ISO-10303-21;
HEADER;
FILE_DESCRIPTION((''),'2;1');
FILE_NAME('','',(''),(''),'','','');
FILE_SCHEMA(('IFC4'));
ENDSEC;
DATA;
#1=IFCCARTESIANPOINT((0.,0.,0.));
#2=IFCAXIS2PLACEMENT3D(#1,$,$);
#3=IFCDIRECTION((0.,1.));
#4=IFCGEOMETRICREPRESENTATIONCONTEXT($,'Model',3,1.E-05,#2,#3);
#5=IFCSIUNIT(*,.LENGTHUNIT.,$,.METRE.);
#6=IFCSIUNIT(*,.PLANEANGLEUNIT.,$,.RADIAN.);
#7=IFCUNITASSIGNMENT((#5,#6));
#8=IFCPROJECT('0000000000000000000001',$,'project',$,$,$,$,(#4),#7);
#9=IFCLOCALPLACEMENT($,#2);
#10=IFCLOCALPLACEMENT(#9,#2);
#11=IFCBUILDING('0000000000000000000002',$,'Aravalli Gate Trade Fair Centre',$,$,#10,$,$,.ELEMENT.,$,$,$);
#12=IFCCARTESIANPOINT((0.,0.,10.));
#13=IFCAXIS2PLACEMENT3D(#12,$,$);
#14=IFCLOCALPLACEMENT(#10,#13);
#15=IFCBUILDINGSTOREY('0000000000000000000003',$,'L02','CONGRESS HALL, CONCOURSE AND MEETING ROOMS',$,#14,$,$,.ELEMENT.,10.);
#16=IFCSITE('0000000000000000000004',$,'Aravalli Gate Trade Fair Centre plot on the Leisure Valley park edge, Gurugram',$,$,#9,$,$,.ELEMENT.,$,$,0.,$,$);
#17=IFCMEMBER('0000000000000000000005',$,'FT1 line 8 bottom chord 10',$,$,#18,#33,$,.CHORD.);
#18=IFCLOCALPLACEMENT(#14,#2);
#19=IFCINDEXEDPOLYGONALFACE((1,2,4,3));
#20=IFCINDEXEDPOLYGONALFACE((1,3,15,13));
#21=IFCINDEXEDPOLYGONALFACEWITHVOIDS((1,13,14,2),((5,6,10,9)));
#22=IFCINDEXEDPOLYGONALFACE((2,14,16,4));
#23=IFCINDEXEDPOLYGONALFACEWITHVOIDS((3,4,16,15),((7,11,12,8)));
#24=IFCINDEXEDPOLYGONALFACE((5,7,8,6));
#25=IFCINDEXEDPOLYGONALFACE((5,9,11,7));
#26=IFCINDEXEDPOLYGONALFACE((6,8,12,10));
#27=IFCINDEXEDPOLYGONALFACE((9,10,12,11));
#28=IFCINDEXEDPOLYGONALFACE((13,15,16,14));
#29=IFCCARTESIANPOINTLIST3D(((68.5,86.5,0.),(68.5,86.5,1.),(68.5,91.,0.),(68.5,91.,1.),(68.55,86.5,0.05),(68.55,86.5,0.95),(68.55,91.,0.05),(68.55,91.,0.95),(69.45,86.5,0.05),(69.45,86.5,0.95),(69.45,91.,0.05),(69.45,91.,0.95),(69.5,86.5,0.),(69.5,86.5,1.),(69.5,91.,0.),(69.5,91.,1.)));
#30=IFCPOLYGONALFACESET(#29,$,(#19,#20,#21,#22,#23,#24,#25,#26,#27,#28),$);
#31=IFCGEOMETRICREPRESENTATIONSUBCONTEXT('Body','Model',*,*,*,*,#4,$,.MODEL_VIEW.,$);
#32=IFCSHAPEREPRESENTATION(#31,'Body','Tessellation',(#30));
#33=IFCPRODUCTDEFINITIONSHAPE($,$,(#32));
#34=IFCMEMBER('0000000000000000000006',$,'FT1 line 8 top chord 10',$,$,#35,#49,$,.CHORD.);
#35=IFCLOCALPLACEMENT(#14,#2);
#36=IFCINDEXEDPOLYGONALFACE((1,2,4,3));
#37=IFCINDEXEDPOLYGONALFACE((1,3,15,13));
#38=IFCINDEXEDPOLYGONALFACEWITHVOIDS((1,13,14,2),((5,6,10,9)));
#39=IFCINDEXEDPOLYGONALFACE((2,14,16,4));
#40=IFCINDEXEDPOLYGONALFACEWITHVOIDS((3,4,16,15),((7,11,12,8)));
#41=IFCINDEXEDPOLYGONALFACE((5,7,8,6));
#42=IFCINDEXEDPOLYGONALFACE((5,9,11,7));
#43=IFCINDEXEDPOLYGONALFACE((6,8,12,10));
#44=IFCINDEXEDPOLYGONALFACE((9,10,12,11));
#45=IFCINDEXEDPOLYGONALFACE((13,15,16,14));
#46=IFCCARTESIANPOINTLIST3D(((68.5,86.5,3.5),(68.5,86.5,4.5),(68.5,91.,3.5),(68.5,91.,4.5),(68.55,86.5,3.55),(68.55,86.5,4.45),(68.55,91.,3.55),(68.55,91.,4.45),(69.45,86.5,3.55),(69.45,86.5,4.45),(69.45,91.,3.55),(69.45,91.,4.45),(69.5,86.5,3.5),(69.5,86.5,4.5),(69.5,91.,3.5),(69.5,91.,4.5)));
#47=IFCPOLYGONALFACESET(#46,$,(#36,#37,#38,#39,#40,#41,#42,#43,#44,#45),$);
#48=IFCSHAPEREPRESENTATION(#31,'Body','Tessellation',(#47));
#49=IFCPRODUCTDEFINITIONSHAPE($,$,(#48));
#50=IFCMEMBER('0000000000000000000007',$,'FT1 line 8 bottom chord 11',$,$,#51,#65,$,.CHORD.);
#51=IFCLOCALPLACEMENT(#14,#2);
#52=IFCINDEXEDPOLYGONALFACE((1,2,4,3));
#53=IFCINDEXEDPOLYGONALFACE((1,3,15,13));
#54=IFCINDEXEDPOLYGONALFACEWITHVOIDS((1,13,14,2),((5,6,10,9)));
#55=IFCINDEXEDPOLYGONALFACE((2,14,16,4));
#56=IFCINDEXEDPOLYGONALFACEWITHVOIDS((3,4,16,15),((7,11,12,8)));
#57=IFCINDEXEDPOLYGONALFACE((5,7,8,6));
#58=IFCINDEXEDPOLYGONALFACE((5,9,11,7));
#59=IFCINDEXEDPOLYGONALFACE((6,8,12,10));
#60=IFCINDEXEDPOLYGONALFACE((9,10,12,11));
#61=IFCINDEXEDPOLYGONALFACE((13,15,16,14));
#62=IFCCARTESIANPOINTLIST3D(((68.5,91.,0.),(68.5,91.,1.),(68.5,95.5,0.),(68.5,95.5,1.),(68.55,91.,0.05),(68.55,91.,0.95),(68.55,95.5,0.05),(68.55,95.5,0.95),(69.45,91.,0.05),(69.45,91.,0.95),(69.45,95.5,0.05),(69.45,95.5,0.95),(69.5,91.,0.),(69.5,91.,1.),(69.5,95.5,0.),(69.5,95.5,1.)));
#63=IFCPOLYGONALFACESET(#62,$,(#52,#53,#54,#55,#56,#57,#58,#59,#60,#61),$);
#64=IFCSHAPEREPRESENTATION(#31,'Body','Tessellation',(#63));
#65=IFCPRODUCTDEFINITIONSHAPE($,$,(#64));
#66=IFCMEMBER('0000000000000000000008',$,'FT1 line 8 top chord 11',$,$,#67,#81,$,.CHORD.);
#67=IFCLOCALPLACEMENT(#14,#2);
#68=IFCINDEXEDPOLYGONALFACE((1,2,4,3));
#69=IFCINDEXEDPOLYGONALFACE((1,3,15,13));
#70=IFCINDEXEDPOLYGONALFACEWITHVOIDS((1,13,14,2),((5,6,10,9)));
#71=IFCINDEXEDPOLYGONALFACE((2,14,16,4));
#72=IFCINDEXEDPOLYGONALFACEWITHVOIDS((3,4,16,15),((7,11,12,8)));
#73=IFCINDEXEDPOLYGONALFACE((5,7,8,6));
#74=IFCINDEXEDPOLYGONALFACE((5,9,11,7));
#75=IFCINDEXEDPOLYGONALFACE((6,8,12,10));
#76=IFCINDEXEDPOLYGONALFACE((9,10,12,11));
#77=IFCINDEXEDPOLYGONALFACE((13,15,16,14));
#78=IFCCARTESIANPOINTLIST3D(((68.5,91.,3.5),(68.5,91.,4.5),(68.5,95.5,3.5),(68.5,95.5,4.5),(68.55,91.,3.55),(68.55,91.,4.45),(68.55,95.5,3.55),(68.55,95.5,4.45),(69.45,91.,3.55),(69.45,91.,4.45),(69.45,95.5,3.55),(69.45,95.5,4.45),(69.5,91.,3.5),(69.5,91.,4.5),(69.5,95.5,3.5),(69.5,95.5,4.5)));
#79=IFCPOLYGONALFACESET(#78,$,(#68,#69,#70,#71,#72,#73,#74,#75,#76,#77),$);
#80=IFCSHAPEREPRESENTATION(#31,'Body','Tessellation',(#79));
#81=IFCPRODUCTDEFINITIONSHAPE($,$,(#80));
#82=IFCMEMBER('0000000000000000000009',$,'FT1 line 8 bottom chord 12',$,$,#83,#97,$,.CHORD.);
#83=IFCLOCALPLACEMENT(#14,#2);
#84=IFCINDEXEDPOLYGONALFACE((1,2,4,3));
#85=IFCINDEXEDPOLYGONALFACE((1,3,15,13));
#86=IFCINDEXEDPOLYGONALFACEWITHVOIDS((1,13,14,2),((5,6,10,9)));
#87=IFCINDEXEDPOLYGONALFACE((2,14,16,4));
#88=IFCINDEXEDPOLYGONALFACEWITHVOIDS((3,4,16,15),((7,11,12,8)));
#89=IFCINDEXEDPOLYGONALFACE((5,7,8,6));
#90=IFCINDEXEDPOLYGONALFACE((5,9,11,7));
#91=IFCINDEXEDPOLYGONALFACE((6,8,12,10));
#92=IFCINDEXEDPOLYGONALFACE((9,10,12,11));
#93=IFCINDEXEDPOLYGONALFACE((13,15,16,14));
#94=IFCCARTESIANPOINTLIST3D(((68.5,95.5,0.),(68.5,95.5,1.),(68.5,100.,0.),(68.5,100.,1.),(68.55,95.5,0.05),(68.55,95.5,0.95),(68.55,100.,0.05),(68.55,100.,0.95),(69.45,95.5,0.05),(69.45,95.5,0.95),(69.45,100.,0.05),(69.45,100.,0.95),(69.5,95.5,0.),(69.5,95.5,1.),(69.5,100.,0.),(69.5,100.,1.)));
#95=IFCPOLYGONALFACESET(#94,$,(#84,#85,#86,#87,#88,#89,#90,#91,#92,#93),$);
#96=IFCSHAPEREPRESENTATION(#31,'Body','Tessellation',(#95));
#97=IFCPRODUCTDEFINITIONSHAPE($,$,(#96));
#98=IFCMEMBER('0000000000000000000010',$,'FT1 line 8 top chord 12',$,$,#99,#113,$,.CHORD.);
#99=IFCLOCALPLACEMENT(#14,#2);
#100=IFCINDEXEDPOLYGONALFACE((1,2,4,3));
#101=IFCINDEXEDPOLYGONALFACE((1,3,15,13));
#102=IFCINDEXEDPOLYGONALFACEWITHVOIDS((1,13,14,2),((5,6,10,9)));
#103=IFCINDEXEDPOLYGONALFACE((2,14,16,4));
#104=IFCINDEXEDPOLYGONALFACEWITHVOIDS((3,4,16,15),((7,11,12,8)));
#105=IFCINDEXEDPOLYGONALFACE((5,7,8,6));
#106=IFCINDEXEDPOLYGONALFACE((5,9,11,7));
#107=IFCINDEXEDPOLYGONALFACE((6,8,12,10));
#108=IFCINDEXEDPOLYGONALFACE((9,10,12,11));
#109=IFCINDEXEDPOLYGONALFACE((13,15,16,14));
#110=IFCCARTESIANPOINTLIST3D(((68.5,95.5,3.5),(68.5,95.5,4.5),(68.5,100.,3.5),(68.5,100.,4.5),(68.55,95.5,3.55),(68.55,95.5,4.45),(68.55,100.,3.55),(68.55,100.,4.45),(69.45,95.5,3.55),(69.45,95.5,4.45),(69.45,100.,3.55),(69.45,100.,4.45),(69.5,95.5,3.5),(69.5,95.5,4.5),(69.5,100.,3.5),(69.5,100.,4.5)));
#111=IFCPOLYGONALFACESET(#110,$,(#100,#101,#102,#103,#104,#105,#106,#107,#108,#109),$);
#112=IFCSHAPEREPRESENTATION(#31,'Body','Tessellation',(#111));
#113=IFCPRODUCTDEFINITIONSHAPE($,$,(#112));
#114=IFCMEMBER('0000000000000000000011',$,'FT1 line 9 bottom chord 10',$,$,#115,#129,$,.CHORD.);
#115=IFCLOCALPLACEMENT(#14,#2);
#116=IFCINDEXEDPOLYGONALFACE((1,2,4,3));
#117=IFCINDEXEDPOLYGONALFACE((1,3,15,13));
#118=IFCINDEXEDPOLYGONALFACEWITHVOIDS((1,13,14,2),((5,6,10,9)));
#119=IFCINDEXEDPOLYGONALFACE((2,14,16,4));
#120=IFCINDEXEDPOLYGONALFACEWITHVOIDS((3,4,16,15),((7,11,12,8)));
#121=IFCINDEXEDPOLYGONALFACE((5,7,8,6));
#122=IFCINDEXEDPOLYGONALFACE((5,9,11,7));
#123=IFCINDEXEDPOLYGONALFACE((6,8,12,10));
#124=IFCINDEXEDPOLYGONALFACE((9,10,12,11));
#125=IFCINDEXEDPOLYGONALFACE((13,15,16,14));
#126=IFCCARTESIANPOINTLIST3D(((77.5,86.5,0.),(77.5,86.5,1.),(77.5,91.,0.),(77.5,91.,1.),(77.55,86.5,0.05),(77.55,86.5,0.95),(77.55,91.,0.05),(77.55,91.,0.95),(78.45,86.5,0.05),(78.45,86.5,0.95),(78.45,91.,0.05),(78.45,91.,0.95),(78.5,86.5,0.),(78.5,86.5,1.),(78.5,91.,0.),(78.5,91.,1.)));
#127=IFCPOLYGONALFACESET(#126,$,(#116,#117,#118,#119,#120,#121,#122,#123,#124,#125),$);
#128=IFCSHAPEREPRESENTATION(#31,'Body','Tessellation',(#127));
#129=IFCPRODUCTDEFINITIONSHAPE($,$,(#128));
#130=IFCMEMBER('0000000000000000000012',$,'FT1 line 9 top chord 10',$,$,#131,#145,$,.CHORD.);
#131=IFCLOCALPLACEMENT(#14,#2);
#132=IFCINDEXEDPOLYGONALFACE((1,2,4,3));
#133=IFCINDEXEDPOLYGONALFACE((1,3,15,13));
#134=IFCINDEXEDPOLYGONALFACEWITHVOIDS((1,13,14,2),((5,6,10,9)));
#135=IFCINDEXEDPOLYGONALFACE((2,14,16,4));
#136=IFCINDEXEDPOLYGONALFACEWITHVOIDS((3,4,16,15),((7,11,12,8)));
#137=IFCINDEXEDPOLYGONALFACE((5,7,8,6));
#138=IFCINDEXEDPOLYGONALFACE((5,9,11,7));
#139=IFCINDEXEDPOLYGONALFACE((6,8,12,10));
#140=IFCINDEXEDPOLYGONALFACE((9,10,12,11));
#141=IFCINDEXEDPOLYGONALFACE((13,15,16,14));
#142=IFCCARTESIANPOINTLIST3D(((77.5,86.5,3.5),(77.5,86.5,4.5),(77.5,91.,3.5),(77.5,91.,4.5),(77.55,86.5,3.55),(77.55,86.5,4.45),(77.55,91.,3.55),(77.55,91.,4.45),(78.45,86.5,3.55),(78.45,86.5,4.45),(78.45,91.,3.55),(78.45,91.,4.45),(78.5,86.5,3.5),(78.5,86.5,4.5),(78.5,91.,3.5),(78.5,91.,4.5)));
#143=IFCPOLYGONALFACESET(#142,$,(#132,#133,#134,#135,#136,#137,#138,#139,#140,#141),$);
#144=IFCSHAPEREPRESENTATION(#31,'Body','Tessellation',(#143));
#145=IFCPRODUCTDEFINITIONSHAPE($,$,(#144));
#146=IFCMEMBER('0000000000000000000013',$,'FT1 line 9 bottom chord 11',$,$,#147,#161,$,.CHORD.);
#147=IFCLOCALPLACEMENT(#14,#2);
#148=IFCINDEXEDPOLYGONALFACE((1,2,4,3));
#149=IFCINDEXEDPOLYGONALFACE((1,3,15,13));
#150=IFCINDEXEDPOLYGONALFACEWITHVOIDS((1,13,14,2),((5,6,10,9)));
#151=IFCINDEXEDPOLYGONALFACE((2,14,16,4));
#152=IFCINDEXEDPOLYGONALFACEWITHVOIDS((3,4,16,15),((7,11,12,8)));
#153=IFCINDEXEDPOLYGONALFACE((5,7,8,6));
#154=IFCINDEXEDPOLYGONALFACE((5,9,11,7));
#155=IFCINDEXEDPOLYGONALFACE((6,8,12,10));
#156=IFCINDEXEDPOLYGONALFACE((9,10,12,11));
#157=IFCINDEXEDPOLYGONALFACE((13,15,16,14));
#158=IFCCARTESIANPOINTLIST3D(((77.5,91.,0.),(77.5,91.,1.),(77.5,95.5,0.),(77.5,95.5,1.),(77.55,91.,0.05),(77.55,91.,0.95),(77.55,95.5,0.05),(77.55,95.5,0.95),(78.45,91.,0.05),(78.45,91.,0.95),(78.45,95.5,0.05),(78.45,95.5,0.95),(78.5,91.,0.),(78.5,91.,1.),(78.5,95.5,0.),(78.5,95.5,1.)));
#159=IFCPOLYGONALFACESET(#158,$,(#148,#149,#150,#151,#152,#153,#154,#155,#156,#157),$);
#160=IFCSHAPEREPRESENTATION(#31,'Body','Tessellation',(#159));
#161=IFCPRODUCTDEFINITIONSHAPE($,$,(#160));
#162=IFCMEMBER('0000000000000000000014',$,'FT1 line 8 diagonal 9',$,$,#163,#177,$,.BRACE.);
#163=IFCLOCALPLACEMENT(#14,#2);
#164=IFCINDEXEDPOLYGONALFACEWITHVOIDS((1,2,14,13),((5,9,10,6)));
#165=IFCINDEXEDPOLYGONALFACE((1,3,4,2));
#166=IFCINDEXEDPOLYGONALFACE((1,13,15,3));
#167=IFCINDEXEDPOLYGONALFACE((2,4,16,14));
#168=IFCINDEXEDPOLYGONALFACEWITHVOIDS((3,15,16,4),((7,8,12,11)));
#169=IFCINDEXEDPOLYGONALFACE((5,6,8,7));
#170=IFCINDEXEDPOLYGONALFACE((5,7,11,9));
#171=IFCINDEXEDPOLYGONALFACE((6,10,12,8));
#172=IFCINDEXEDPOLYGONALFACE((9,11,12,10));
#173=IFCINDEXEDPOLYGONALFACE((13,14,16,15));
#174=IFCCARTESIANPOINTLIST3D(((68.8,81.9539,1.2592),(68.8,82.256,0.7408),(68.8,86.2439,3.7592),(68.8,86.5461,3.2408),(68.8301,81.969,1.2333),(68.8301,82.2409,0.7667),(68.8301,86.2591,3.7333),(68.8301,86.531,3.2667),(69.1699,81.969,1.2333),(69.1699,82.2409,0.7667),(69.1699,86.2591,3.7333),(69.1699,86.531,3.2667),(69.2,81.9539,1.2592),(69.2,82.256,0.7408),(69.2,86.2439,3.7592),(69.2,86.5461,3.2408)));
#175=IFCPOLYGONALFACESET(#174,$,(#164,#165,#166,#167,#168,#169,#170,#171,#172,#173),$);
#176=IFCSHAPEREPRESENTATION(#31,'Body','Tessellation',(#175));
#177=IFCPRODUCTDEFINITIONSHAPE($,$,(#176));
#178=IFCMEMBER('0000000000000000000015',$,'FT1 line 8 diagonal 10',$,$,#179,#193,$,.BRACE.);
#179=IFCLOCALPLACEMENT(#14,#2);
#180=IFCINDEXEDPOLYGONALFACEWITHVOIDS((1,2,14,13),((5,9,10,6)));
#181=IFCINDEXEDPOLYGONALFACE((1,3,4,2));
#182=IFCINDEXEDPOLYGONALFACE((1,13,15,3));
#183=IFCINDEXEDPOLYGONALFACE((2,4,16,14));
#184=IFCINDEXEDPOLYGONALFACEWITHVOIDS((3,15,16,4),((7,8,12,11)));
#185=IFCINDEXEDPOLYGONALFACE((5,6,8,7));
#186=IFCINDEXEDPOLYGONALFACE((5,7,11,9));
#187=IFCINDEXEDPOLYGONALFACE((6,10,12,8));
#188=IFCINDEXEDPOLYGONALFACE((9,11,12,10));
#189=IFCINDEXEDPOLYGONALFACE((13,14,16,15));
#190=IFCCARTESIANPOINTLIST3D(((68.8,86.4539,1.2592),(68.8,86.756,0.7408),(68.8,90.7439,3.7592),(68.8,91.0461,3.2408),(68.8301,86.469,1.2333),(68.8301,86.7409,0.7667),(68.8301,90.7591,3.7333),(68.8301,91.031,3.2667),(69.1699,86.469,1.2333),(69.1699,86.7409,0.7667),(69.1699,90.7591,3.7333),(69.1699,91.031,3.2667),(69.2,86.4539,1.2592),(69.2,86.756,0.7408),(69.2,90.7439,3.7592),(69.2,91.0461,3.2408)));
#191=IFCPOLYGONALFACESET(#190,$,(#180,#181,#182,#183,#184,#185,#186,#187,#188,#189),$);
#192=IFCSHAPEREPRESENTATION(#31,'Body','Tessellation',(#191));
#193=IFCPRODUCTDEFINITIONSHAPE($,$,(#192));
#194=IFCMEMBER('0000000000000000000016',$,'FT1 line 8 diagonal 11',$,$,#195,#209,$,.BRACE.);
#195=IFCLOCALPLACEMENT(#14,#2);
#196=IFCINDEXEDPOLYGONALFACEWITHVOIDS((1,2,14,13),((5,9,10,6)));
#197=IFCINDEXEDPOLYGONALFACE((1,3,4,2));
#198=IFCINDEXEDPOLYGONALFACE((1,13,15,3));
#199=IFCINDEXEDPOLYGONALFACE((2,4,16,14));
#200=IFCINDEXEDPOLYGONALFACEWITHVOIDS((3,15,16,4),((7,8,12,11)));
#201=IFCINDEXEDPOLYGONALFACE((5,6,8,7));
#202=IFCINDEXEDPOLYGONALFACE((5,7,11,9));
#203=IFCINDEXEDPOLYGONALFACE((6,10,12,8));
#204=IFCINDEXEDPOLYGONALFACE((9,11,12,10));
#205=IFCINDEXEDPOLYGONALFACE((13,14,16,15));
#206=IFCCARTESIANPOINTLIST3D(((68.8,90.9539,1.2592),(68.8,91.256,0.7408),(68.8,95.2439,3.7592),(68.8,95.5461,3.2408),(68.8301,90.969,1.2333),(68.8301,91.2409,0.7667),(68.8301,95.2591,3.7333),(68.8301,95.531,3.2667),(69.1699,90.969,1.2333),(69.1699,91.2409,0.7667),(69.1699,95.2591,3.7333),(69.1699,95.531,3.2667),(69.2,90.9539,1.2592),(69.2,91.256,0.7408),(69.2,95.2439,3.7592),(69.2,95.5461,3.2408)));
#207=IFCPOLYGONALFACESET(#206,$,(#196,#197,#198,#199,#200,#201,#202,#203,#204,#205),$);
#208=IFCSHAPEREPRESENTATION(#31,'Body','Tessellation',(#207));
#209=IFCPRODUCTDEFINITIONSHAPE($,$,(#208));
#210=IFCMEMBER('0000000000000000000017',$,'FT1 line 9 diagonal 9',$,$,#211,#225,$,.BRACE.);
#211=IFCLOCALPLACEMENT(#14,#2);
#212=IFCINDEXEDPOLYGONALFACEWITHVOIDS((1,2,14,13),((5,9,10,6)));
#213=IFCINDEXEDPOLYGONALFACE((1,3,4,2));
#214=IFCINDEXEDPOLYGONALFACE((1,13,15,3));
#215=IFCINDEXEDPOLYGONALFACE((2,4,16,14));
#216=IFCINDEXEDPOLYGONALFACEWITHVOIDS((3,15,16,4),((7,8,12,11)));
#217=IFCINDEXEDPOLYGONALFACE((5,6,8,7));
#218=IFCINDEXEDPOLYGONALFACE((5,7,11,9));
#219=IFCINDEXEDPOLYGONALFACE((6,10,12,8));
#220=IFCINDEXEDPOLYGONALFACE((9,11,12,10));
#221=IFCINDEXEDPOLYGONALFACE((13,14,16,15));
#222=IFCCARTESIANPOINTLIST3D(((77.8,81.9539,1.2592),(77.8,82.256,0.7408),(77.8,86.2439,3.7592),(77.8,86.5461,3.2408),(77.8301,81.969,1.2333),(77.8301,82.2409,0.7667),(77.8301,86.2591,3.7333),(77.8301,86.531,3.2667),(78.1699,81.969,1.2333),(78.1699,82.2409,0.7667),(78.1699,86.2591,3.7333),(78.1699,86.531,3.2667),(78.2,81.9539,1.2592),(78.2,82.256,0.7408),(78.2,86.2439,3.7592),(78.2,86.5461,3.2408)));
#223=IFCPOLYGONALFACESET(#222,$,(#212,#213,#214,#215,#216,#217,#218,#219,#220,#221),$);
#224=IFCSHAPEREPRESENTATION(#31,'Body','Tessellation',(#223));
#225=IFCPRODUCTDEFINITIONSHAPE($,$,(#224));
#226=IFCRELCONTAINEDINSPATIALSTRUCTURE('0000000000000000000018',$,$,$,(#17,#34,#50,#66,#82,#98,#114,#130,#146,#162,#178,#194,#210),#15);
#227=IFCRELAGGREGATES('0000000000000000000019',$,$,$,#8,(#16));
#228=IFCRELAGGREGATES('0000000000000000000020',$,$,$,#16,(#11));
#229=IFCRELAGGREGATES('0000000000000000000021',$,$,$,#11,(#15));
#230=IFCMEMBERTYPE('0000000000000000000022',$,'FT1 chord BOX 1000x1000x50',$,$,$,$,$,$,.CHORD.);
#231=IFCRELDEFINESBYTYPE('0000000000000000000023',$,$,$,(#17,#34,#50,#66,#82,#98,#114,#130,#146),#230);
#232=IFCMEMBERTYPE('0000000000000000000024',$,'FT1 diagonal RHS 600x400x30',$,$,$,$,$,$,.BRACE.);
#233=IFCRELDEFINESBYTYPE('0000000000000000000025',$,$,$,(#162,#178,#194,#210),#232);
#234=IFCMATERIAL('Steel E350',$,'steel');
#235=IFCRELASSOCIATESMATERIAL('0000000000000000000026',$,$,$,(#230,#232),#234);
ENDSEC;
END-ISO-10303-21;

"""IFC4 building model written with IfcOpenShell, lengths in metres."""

from ifc_helpers import new_model, si_unit, direction, frame, origin, origin_2d, place, context, subcontext, project, spatial, hollow_rectangle, extrude, material, material_profile, profile_set, type_object, element, save


model = new_model("IFC4")

# Units and contexts
model_context = context("Model", 3, precision=1e-05, world=origin(), true_north=direction((0.0, 1.0)))
body_context = subcontext(model_context, "Body", "Model", "MODEL_VIEW")
ifc_project = project(units=[si_unit("LENGTHUNIT", "METRE"), si_unit("PLANEANGLEUNIT", "RADIAN")], contexts=[model_context])

# Site, building, storey
site_placement = place(None, origin())
site = spatial("IfcSite", under=ifc_project, at=site_placement, Name="Aravalli Gate Trade Fair Centre plot on the Leisure Valley park edge, Gurugram", CompositionType="ELEMENT", RefElevation=0.0)
building_placement = place(site_placement, origin())
building = spatial("IfcBuilding", under=site, at=building_placement, Name="Aravalli Gate Trade Fair Centre", CompositionType="ELEMENT")
storey_placement = place(building_placement, frame((0.0, 0.0, 10.0)))
storey = spatial("IfcBuildingStorey", under=building, at=storey_placement, Name="L02", Description="CONGRESS HALL, CONCOURSE AND MEETING ROOMS", CompositionType="ELEMENT", Elevation=10.0)

# Members
ifc_material = material(Name="Steel E350", Category="steel")
ifc_material_profile_1 = material_profile(ifc_material, hollow_rectangle(XDim=1.0, YDim=1.0, WallThickness=0.05, at=origin_2d()), Name="BOX 1000x1000x50")
ifc_profile_set_1 = profile_set([ifc_material_profile_1], Name="Steel E350")
member_type_1 = type_object("IfcMemberType", Name="FT1 chord BOX 1000x1000x50", PredefinedType="CHORD", material=ifc_profile_set_1)
for number, where, z_axis, x_axis, name in (
    (1, (69.0, 86.5, 0.5), (0.0, 1.0, 0.0), (-1.0, 0.0, 0.0), "FT1 line 8 bottom chord 10"),
    (2, (69.0, 86.5, 4.0), (0.0, 1.0, 0.0), (-1.0, 0.0, 0.0), "FT1 line 8 top chord 10"),
    (3, (69.0, 91.0, 0.5), (0.0, 1.0, 0.0), (-1.0, 0.0, 0.0), "FT1 line 8 bottom chord 11"),
    (4, (69.0, 91.0, 4.0), (0.0, 1.0, 0.0), (-1.0, 0.0, 0.0), "FT1 line 8 top chord 11"),
    (5, (69.0, 95.5, 0.5), (0.0, 1.0, 0.0), (-1.0, 0.0, 0.0), "FT1 line 8 bottom chord 12"),
    (6, (69.0, 95.5, 4.0), (0.0, 1.0, 0.0), (-1.0, 0.0, 0.0), "FT1 line 8 top chord 12"),
    (7, (78.0, 86.5, 0.5), (0.0, 1.0, 0.0), (-1.0, 0.0, 0.0), "FT1 line 9 bottom chord 10"),
    (8, (78.0, 86.5, 4.0), (0.0, 1.0, 0.0), (-1.0, 0.0, 0.0), "FT1 line 9 top chord 10"),
    (9, (78.0, 91.0, 0.5), (0.0, 1.0, 0.0), (-1.0, 0.0, 0.0), "FT1 line 9 bottom chord 11"),
):
    element("IfcMember", number, at=place(storey_placement, frame(where, z_axis=z_axis, x_axis=x_axis)), inside=storey, type_object=member_type_1, Name=name, PredefinedType="CHORD", context=body_context, shape_type="SweptSolid", body=[
        extrude(hollow_rectangle(XDim=1.0, YDim=1.0, WallThickness=0.05, at=origin_2d()), origin(), (0.0, 0.0, 1.0), 4.5),
    ])
ifc_material_profile_2 = material_profile(ifc_material, hollow_rectangle(XDim=0.3999, YDim=0.6001, WallThickness=0.03, at=origin_2d()), Name="RHS 600x400x30")
ifc_profile_set_2 = profile_set([ifc_material_profile_2], Name="Steel E350")
member_type_2 = type_object("IfcMemberType", Name="FT1 diagonal RHS 600x400x30", PredefinedType="BRACE", material=ifc_profile_set_2)
for number, where, z_axis, x_axis, name in (
    (10, (69.0, 86.395, 3.5), (0.0, -0.864, -0.503492), (1.0, 0.0, 0.0), "FT1 line 8 diagonal 9"),
    (11, (69.0, 90.895, 3.5), (0.0, -0.864, -0.503492), (1.0, 0.0, 0.0), "FT1 line 8 diagonal 10"),
    (12, (69.0, 95.395, 3.5), (0.0, -0.864, -0.503492), (1.0, 0.0, 0.0), "FT1 line 8 diagonal 11"),
    (13, (78.0, 86.395, 3.5), (0.0, -0.864, -0.503492), (1.0, 0.0, 0.0), "FT1 line 9 diagonal 9"),
):
    element("IfcMember", number, at=place(storey_placement, frame(where, z_axis=z_axis, x_axis=x_axis)), inside=storey, type_object=member_type_2, Name=name, PredefinedType="BRACE", context=body_context, shape_type="SweptSolid", body=[
        extrude(hollow_rectangle(XDim=0.3999, YDim=0.6001, WallThickness=0.03, at=origin_2d()), origin(), (0.0, 0.0, 1.0), 4.9653),
    ])

save(model, "model.ifc")
